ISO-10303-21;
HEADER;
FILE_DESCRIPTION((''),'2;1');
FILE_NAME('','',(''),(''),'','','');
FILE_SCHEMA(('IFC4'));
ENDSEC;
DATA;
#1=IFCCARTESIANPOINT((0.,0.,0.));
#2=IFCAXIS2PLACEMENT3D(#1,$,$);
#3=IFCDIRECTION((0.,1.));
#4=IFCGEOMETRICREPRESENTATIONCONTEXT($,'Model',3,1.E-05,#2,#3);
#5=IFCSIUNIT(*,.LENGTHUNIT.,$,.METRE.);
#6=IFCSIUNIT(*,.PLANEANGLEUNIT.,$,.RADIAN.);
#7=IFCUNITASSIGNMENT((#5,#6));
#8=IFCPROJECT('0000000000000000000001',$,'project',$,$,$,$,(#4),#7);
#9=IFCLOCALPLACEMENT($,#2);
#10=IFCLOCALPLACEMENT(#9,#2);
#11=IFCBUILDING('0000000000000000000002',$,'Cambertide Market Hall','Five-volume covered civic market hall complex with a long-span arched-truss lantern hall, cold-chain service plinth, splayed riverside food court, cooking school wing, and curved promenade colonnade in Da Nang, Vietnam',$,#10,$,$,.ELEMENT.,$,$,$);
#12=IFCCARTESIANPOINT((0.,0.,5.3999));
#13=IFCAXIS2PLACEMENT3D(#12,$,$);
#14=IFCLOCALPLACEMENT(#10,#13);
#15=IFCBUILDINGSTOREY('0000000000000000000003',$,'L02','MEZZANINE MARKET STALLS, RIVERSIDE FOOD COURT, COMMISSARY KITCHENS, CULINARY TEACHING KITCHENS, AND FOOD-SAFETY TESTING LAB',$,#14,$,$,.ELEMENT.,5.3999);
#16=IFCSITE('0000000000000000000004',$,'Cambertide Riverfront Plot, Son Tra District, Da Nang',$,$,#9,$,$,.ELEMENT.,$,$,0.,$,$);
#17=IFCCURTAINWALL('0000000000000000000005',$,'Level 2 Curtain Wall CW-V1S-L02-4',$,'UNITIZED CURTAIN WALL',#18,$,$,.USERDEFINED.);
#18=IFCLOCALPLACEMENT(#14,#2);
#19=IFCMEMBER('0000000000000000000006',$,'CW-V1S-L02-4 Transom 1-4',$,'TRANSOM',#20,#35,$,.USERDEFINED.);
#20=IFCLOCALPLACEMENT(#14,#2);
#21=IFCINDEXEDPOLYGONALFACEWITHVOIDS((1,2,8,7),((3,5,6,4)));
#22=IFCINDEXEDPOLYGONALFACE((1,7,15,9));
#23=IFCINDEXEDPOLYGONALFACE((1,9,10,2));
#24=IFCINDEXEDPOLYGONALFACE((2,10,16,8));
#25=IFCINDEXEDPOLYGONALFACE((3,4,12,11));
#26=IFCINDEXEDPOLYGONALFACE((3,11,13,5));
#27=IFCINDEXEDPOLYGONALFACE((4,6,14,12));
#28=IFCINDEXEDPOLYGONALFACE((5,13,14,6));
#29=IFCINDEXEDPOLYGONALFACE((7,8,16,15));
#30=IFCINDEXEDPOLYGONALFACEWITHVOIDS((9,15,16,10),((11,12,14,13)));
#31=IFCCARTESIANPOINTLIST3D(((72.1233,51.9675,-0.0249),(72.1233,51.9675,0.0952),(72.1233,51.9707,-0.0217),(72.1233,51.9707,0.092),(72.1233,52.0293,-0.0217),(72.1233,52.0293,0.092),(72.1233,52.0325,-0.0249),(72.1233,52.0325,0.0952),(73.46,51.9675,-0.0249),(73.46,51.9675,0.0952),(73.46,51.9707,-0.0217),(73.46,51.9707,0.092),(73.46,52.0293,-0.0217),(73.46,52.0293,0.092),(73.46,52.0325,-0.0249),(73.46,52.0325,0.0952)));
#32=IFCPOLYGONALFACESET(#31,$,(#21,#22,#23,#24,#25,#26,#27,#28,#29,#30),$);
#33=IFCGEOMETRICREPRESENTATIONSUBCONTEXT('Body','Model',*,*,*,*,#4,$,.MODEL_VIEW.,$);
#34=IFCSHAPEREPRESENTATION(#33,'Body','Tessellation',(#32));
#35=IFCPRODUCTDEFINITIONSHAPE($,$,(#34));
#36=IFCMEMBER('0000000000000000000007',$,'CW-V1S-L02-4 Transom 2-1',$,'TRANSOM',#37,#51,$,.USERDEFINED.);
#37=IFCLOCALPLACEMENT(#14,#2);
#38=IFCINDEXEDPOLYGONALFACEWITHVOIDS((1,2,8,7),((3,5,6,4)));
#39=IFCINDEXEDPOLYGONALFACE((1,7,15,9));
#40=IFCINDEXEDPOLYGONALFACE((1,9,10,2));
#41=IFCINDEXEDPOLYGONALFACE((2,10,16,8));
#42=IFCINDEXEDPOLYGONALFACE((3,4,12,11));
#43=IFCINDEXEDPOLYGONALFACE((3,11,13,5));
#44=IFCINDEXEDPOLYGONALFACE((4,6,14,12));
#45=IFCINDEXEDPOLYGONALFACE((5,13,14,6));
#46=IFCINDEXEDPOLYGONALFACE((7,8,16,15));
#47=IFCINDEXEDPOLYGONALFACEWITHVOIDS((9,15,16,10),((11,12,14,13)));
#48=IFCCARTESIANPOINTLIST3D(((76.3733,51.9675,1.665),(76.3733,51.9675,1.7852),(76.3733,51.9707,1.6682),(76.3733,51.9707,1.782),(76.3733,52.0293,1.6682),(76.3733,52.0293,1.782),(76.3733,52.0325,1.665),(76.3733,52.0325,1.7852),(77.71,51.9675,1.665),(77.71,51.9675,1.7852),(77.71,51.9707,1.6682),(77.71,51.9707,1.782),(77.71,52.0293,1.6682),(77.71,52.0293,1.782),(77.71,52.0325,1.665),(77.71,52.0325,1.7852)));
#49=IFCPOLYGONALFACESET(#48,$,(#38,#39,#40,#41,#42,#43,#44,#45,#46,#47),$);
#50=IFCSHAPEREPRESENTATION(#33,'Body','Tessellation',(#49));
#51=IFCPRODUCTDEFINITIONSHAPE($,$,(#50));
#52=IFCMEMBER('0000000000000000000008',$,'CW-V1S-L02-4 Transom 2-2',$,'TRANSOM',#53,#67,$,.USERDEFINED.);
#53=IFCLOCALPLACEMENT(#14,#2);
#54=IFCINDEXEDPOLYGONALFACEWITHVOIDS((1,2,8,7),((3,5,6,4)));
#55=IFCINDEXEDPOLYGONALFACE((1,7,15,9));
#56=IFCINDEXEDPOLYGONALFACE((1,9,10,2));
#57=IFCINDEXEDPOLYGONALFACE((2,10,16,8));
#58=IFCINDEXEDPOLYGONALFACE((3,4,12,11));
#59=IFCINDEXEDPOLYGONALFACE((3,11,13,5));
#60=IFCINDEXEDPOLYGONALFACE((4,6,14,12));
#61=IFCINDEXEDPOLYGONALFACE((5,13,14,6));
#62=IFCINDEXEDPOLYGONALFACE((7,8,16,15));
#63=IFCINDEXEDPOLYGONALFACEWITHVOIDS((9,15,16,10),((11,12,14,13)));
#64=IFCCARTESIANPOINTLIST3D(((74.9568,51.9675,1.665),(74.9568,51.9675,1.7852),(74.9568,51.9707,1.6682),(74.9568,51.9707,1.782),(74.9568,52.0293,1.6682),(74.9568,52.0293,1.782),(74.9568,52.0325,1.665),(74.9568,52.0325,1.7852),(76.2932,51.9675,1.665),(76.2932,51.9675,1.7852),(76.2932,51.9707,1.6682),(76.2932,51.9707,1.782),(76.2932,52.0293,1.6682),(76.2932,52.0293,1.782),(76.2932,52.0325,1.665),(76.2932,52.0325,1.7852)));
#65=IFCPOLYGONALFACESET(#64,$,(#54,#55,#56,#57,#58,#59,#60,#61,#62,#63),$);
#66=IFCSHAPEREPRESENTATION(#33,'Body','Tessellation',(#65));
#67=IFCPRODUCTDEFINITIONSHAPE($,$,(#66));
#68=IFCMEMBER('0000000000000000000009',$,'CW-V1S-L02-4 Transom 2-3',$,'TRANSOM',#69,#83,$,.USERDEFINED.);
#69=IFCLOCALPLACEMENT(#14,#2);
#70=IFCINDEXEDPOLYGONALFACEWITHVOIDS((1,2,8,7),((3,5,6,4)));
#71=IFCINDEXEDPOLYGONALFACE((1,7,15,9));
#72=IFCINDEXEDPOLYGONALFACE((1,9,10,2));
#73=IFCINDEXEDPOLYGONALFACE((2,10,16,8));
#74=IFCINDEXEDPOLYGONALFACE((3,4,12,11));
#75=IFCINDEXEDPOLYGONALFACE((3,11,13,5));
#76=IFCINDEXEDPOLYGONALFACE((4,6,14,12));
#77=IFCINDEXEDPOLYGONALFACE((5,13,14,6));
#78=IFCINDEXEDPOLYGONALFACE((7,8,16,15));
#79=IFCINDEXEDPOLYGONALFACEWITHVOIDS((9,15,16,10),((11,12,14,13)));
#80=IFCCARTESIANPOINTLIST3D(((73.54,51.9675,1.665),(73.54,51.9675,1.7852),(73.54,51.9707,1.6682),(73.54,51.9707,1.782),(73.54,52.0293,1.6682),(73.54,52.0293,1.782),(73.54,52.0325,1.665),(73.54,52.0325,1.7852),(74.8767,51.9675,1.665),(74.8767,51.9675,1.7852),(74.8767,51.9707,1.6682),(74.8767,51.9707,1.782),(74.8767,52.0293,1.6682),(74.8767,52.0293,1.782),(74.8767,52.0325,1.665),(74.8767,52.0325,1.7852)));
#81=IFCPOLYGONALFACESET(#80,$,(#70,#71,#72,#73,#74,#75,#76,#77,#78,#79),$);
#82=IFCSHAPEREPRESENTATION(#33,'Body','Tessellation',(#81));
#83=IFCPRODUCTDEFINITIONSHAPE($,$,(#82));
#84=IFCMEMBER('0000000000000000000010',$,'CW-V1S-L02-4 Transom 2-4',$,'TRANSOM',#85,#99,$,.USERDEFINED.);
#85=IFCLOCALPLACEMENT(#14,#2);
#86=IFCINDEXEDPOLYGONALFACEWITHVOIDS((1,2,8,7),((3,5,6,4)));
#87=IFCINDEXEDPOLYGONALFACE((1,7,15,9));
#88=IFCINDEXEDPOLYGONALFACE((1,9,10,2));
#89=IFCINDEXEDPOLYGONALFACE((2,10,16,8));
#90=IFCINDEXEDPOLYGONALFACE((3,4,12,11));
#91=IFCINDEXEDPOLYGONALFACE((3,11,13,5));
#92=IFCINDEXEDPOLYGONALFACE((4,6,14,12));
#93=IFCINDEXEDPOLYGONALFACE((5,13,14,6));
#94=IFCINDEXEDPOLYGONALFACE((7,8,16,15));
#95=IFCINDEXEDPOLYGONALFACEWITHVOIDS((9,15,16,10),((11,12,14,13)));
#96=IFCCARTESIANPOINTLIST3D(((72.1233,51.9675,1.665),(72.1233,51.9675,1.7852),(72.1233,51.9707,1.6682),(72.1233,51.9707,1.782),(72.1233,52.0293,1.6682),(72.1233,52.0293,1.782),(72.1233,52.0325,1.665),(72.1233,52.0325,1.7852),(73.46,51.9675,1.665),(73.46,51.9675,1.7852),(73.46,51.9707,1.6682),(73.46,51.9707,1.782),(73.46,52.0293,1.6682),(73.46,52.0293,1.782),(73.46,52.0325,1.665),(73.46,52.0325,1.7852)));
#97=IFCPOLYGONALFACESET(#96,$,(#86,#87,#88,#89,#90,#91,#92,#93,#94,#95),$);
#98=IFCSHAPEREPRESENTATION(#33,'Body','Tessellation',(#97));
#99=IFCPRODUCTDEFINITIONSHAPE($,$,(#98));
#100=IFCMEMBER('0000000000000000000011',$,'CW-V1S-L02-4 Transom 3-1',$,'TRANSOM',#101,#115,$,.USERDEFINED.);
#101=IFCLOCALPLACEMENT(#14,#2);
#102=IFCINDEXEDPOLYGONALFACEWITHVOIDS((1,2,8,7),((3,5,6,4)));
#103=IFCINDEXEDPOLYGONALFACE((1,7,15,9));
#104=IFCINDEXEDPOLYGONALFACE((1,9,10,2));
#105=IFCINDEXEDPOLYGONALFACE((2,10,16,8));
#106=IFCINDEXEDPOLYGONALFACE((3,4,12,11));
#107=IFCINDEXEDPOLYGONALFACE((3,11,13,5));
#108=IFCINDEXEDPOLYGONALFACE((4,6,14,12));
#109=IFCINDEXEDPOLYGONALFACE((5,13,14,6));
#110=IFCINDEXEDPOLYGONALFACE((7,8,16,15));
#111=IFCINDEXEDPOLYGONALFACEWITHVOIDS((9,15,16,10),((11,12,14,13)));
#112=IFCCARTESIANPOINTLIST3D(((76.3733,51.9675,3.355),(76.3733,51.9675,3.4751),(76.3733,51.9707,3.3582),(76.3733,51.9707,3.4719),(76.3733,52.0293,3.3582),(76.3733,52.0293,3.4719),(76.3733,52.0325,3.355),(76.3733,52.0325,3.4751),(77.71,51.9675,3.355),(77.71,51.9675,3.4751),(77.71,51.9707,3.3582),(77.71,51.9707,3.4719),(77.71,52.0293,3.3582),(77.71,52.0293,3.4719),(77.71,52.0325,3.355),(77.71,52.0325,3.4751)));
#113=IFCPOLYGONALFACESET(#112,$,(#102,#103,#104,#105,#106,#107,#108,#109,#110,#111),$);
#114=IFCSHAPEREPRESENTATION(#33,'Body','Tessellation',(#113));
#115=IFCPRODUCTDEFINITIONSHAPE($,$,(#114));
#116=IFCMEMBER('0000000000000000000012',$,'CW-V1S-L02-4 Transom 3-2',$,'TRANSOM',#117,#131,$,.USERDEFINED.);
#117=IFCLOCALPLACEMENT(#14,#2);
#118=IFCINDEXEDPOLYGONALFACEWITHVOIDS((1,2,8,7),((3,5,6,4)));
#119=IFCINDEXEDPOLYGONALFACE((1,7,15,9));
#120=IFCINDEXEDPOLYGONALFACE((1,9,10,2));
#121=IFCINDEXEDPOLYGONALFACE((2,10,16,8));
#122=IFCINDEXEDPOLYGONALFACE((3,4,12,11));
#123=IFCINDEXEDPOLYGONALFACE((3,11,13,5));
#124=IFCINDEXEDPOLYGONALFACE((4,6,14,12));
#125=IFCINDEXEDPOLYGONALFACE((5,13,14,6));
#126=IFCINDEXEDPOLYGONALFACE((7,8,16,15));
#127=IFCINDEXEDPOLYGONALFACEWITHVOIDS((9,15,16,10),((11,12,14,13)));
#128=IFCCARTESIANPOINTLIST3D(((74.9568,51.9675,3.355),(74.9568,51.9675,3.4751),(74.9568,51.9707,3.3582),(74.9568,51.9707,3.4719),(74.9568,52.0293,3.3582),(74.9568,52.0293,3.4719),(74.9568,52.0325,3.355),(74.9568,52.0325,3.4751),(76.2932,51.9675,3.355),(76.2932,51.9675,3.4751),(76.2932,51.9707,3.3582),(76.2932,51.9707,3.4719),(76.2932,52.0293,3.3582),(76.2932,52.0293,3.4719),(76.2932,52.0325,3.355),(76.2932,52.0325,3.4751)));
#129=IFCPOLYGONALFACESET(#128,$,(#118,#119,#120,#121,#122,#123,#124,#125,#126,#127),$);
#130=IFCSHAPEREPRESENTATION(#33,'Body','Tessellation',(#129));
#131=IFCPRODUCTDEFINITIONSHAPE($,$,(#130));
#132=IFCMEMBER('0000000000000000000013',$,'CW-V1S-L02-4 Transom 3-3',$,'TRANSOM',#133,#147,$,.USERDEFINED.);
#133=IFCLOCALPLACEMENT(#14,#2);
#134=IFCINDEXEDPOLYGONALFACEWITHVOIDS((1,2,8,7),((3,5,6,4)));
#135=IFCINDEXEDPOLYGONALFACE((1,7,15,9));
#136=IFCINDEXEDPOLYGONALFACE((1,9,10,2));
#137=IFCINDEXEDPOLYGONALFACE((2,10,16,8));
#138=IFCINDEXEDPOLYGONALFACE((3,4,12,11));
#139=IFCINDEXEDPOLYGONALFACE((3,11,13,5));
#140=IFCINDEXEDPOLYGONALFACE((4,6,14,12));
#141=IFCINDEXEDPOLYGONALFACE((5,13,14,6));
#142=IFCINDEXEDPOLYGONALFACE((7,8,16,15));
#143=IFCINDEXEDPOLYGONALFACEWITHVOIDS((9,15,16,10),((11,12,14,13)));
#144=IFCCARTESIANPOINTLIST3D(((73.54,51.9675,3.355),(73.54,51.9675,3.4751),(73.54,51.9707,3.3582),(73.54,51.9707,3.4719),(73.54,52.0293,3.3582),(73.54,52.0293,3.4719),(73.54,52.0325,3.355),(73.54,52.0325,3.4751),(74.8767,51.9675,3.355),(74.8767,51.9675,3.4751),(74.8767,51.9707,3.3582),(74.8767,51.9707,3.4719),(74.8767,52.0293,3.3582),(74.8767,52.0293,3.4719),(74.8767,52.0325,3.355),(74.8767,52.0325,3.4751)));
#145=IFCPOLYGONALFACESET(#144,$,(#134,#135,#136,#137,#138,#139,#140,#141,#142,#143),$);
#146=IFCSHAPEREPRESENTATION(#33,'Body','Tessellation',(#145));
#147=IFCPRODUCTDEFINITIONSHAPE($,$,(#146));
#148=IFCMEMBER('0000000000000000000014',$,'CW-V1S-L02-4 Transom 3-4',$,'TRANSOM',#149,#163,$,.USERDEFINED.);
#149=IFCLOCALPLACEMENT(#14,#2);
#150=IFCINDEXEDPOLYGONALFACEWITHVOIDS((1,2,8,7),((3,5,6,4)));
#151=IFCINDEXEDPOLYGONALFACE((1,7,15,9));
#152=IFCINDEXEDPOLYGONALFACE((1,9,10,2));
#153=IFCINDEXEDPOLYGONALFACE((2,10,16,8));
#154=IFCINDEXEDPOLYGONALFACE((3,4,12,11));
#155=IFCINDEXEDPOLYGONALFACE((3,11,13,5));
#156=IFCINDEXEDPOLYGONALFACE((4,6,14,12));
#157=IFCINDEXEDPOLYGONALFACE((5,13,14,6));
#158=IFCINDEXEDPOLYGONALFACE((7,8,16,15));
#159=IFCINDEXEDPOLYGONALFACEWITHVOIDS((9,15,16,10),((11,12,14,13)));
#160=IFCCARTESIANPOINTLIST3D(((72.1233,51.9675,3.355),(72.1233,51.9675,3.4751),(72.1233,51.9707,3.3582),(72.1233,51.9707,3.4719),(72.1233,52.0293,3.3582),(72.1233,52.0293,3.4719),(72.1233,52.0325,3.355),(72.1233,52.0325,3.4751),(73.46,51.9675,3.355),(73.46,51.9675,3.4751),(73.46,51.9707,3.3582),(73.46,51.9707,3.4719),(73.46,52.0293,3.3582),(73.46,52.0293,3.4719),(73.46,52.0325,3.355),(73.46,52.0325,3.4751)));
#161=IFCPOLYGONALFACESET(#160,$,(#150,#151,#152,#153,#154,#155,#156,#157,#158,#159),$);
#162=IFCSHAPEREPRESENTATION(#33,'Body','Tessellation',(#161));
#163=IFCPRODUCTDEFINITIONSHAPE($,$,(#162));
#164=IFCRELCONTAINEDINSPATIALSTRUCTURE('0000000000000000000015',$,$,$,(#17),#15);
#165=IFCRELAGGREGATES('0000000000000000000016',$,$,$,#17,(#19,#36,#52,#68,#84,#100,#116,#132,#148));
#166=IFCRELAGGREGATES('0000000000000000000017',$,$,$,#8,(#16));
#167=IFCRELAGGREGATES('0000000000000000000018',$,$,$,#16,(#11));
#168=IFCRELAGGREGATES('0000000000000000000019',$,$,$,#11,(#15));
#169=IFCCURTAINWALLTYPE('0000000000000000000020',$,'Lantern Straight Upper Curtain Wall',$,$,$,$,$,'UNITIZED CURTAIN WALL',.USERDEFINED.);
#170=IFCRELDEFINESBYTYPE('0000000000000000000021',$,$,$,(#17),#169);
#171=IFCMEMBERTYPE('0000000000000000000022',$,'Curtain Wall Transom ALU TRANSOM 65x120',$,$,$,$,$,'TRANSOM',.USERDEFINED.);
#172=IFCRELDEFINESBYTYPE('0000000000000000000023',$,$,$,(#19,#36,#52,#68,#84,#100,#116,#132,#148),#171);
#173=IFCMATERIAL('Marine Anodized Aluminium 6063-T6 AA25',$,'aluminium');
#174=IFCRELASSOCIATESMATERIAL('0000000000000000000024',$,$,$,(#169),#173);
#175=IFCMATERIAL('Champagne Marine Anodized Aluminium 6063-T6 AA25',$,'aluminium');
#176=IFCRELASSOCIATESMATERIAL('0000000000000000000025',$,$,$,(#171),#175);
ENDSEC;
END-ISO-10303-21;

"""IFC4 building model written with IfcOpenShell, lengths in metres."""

from ifc_helpers import new_model, si_unit, direction, frame, origin, origin_2d, place, context, subcontext, project, spatial, hollow_rectangle, extrude, material, material_profile, profile_set, type_object, element, aggregate, save


model = new_model("IFC4")

# Units and contexts
model_context = context("Model", 3, precision=1e-05, world=origin(), true_north=direction((0.0, 1.0)))
body_context = subcontext(model_context, "Body", "Model", "MODEL_VIEW")
ifc_project = project(units=[si_unit("LENGTHUNIT", "METRE"), si_unit("PLANEANGLEUNIT", "RADIAN")], contexts=[model_context])

# Site, building, storey
site_placement = place(None, origin())
site = spatial("IfcSite", under=ifc_project, at=site_placement, Name="Cambertide Riverfront Plot, Son Tra District, Da Nang", CompositionType="ELEMENT", RefElevation=0.0)
building_placement = place(site_placement, origin())
building = spatial("IfcBuilding", under=site, at=building_placement, Name="Cambertide Market Hall", Description="Five-volume covered civic market hall complex with a long-span arched-truss lantern hall, cold-chain service plinth, splayed riverside food court, cooking school wing, and curved promenade colonnade in Da Nang, Vietnam", CompositionType="ELEMENT")
storey_placement = place(building_placement, frame((0.0, 0.0, 5.3999)))
storey = spatial("IfcBuildingStorey", under=building, at=storey_placement, Name="L02", Description="MEZZANINE MARKET STALLS, RIVERSIDE FOOD COURT, COMMISSARY KITCHENS, CULINARY TEACHING KITCHENS, AND FOOD-SAFETY TESTING LAB", CompositionType="ELEMENT", Elevation=5.3999)

# Curtain wall
ifc_material_1 = material(Name="Marine Anodized Aluminium 6063-T6 AA25", Category="aluminium")
curtain_wall_type = type_object("IfcCurtainWallType", Name="Lantern Straight Upper Curtain Wall", ElementType="UNITIZED CURTAIN WALL", PredefinedType="USERDEFINED", material=ifc_material_1)
curtain_wall_1_placement = place(storey_placement, origin())
curtain_wall_1 = element("IfcCurtainWall", 1, at=curtain_wall_1_placement, inside=storey, type_object=curtain_wall_type, Name="Level 2 Curtain Wall CW-V1S-L02-4", ObjectType="UNITIZED CURTAIN WALL", PredefinedType="USERDEFINED")

# Members
ifc_material_2 = material(Name="Champagne Marine Anodized Aluminium 6063-T6 AA25", Category="aluminium")
ifc_material_profile_1 = material_profile(ifc_material_2, hollow_rectangle(XDim=0.0649, YDim=0.1201, WallThickness=0.0032, at=origin_2d()), Name="ALU TRANSOM 65x120")
ifc_profile_set_1 = profile_set([ifc_material_profile_1], Name="Champagne Marine Anodized Aluminium 6063-T6 AA25")
member_type_1 = type_object("IfcMemberType", Name="Curtain Wall Transom ALU TRANSOM 65x120", ElementType="TRANSOM", PredefinedType="USERDEFINED", material=ifc_profile_set_1)
member_1_placement = place(storey_placement, frame((73.46, 52.0, 0.0352), z_axis=(-1.0, 0.0, 0.0), x_axis=(0.0, -1.0, 0.0)))
member_1 = element("IfcMember", 2, at=member_1_placement, type_object=member_type_1, Name="CW-V1S-L02-4 Transom 1-4", ObjectType="TRANSOM", PredefinedType="USERDEFINED", context=body_context, shape_type="SweptSolid", body=[
    extrude(hollow_rectangle(XDim=0.0649, YDim=0.1201, WallThickness=0.0032, at=origin_2d()), origin(), (0.0, 0.0, 1.0), 1.3367),
])
member_2_placement = place(storey_placement, frame((77.71, 52.0, 1.7251), z_axis=(-1.0, 0.0, 0.0), x_axis=(0.0, -1.0, 0.0)))
member_2 = element("IfcMember", 3, at=member_2_placement, type_object=member_type_1, Name="CW-V1S-L02-4 Transom 2-1", ObjectType="TRANSOM", PredefinedType="USERDEFINED", context=body_context, shape_type="SweptSolid", body=[
    extrude(hollow_rectangle(XDim=0.0649, YDim=0.1201, WallThickness=0.0032, at=origin_2d()), origin(), (0.0, 0.0, 1.0), 1.3367),
])
member_3_placement = place(storey_placement, frame((76.2932, 52.0, 1.7251), z_axis=(-1.0, 0.0, 0.0), x_axis=(0.0, -1.0, 0.0)))
member_3 = element("IfcMember", 4, at=member_3_placement, type_object=member_type_1, Name="CW-V1S-L02-4 Transom 2-2", ObjectType="TRANSOM", PredefinedType="USERDEFINED", context=body_context, shape_type="SweptSolid", body=[
    extrude(hollow_rectangle(XDim=0.0649, YDim=0.1201, WallThickness=0.0032, at=origin_2d()), origin(), (0.0, 0.0, 1.0), 1.3364),
])
member_4_placement = place(storey_placement, frame((74.8767, 52.0, 1.7251), z_axis=(-1.0, 0.0, 0.0), x_axis=(0.0, -1.0, 0.0)))
member_4 = element("IfcMember", 5, at=member_4_placement, type_object=member_type_1, Name="CW-V1S-L02-4 Transom 2-3", ObjectType="TRANSOM", PredefinedType="USERDEFINED", context=body_context, shape_type="SweptSolid", body=[
    extrude(hollow_rectangle(XDim=0.0649, YDim=0.1201, WallThickness=0.0032, at=origin_2d()), origin(), (0.0, 0.0, 1.0), 1.3367),
])
member_5_placement = place(storey_placement, frame((73.46, 52.0, 1.7251), z_axis=(-1.0, 0.0, 0.0), x_axis=(0.0, -1.0, 0.0)))
member_5 = element("IfcMember", 6, at=member_5_placement, type_object=member_type_1, Name="CW-V1S-L02-4 Transom 2-4", ObjectType="TRANSOM", PredefinedType="USERDEFINED", context=body_context, shape_type="SweptSolid", body=[
    extrude(hollow_rectangle(XDim=0.0649, YDim=0.1201, WallThickness=0.0032, at=origin_2d()), origin(), (0.0, 0.0, 1.0), 1.3367),
])
member_6_placement = place(storey_placement, frame((77.71, 52.0, 3.415), z_axis=(-1.0, 0.0, 0.0), x_axis=(0.0, -1.0, 0.0)))
member_6 = element("IfcMember", 7, at=member_6_placement, type_object=member_type_1, Name="CW-V1S-L02-4 Transom 3-1", ObjectType="TRANSOM", PredefinedType="USERDEFINED", context=body_context, shape_type="SweptSolid", body=[
    extrude(hollow_rectangle(XDim=0.0649, YDim=0.1201, WallThickness=0.0032, at=origin_2d()), origin(), (0.0, 0.0, 1.0), 1.3367),
])
member_7_placement = place(storey_placement, frame((76.2932, 52.0, 3.415), z_axis=(-1.0, 0.0, 0.0), x_axis=(0.0, -1.0, 0.0)))
member_7 = element("IfcMember", 8, at=member_7_placement, type_object=member_type_1, Name="CW-V1S-L02-4 Transom 3-2", ObjectType="TRANSOM", PredefinedType="USERDEFINED", context=body_context, shape_type="SweptSolid", body=[
    extrude(hollow_rectangle(XDim=0.0649, YDim=0.1201, WallThickness=0.0032, at=origin_2d()), origin(), (0.0, 0.0, 1.0), 1.3364),
])
member_8_placement = place(storey_placement, frame((74.8767, 52.0, 3.415), z_axis=(-1.0, 0.0, 0.0), x_axis=(0.0, -1.0, 0.0)))
member_8 = element("IfcMember", 9, at=member_8_placement, type_object=member_type_1, Name="CW-V1S-L02-4 Transom 3-3", ObjectType="TRANSOM", PredefinedType="USERDEFINED", context=body_context, shape_type="SweptSolid", body=[
    extrude(hollow_rectangle(XDim=0.0649, YDim=0.1201, WallThickness=0.0032, at=origin_2d()), origin(), (0.0, 0.0, 1.0), 1.3367),
])
member_9_placement = place(storey_placement, frame((73.46, 52.0, 3.415), z_axis=(-1.0, 0.0, 0.0), x_axis=(0.0, -1.0, 0.0)))
member_9 = element("IfcMember", 10, at=member_9_placement, type_object=member_type_1, Name="CW-V1S-L02-4 Transom 3-4", ObjectType="TRANSOM", PredefinedType="USERDEFINED", context=body_context, shape_type="SweptSolid", body=[
    extrude(hollow_rectangle(XDim=0.0649, YDim=0.1201, WallThickness=0.0032, at=origin_2d()), origin(), (0.0, 0.0, 1.0), 1.3367),
])

aggregate(curtain_wall_1, [member_1, member_2, member_3, member_4, member_5, member_6, member_7, member_8, member_9])

save(model, "model.ifc")
